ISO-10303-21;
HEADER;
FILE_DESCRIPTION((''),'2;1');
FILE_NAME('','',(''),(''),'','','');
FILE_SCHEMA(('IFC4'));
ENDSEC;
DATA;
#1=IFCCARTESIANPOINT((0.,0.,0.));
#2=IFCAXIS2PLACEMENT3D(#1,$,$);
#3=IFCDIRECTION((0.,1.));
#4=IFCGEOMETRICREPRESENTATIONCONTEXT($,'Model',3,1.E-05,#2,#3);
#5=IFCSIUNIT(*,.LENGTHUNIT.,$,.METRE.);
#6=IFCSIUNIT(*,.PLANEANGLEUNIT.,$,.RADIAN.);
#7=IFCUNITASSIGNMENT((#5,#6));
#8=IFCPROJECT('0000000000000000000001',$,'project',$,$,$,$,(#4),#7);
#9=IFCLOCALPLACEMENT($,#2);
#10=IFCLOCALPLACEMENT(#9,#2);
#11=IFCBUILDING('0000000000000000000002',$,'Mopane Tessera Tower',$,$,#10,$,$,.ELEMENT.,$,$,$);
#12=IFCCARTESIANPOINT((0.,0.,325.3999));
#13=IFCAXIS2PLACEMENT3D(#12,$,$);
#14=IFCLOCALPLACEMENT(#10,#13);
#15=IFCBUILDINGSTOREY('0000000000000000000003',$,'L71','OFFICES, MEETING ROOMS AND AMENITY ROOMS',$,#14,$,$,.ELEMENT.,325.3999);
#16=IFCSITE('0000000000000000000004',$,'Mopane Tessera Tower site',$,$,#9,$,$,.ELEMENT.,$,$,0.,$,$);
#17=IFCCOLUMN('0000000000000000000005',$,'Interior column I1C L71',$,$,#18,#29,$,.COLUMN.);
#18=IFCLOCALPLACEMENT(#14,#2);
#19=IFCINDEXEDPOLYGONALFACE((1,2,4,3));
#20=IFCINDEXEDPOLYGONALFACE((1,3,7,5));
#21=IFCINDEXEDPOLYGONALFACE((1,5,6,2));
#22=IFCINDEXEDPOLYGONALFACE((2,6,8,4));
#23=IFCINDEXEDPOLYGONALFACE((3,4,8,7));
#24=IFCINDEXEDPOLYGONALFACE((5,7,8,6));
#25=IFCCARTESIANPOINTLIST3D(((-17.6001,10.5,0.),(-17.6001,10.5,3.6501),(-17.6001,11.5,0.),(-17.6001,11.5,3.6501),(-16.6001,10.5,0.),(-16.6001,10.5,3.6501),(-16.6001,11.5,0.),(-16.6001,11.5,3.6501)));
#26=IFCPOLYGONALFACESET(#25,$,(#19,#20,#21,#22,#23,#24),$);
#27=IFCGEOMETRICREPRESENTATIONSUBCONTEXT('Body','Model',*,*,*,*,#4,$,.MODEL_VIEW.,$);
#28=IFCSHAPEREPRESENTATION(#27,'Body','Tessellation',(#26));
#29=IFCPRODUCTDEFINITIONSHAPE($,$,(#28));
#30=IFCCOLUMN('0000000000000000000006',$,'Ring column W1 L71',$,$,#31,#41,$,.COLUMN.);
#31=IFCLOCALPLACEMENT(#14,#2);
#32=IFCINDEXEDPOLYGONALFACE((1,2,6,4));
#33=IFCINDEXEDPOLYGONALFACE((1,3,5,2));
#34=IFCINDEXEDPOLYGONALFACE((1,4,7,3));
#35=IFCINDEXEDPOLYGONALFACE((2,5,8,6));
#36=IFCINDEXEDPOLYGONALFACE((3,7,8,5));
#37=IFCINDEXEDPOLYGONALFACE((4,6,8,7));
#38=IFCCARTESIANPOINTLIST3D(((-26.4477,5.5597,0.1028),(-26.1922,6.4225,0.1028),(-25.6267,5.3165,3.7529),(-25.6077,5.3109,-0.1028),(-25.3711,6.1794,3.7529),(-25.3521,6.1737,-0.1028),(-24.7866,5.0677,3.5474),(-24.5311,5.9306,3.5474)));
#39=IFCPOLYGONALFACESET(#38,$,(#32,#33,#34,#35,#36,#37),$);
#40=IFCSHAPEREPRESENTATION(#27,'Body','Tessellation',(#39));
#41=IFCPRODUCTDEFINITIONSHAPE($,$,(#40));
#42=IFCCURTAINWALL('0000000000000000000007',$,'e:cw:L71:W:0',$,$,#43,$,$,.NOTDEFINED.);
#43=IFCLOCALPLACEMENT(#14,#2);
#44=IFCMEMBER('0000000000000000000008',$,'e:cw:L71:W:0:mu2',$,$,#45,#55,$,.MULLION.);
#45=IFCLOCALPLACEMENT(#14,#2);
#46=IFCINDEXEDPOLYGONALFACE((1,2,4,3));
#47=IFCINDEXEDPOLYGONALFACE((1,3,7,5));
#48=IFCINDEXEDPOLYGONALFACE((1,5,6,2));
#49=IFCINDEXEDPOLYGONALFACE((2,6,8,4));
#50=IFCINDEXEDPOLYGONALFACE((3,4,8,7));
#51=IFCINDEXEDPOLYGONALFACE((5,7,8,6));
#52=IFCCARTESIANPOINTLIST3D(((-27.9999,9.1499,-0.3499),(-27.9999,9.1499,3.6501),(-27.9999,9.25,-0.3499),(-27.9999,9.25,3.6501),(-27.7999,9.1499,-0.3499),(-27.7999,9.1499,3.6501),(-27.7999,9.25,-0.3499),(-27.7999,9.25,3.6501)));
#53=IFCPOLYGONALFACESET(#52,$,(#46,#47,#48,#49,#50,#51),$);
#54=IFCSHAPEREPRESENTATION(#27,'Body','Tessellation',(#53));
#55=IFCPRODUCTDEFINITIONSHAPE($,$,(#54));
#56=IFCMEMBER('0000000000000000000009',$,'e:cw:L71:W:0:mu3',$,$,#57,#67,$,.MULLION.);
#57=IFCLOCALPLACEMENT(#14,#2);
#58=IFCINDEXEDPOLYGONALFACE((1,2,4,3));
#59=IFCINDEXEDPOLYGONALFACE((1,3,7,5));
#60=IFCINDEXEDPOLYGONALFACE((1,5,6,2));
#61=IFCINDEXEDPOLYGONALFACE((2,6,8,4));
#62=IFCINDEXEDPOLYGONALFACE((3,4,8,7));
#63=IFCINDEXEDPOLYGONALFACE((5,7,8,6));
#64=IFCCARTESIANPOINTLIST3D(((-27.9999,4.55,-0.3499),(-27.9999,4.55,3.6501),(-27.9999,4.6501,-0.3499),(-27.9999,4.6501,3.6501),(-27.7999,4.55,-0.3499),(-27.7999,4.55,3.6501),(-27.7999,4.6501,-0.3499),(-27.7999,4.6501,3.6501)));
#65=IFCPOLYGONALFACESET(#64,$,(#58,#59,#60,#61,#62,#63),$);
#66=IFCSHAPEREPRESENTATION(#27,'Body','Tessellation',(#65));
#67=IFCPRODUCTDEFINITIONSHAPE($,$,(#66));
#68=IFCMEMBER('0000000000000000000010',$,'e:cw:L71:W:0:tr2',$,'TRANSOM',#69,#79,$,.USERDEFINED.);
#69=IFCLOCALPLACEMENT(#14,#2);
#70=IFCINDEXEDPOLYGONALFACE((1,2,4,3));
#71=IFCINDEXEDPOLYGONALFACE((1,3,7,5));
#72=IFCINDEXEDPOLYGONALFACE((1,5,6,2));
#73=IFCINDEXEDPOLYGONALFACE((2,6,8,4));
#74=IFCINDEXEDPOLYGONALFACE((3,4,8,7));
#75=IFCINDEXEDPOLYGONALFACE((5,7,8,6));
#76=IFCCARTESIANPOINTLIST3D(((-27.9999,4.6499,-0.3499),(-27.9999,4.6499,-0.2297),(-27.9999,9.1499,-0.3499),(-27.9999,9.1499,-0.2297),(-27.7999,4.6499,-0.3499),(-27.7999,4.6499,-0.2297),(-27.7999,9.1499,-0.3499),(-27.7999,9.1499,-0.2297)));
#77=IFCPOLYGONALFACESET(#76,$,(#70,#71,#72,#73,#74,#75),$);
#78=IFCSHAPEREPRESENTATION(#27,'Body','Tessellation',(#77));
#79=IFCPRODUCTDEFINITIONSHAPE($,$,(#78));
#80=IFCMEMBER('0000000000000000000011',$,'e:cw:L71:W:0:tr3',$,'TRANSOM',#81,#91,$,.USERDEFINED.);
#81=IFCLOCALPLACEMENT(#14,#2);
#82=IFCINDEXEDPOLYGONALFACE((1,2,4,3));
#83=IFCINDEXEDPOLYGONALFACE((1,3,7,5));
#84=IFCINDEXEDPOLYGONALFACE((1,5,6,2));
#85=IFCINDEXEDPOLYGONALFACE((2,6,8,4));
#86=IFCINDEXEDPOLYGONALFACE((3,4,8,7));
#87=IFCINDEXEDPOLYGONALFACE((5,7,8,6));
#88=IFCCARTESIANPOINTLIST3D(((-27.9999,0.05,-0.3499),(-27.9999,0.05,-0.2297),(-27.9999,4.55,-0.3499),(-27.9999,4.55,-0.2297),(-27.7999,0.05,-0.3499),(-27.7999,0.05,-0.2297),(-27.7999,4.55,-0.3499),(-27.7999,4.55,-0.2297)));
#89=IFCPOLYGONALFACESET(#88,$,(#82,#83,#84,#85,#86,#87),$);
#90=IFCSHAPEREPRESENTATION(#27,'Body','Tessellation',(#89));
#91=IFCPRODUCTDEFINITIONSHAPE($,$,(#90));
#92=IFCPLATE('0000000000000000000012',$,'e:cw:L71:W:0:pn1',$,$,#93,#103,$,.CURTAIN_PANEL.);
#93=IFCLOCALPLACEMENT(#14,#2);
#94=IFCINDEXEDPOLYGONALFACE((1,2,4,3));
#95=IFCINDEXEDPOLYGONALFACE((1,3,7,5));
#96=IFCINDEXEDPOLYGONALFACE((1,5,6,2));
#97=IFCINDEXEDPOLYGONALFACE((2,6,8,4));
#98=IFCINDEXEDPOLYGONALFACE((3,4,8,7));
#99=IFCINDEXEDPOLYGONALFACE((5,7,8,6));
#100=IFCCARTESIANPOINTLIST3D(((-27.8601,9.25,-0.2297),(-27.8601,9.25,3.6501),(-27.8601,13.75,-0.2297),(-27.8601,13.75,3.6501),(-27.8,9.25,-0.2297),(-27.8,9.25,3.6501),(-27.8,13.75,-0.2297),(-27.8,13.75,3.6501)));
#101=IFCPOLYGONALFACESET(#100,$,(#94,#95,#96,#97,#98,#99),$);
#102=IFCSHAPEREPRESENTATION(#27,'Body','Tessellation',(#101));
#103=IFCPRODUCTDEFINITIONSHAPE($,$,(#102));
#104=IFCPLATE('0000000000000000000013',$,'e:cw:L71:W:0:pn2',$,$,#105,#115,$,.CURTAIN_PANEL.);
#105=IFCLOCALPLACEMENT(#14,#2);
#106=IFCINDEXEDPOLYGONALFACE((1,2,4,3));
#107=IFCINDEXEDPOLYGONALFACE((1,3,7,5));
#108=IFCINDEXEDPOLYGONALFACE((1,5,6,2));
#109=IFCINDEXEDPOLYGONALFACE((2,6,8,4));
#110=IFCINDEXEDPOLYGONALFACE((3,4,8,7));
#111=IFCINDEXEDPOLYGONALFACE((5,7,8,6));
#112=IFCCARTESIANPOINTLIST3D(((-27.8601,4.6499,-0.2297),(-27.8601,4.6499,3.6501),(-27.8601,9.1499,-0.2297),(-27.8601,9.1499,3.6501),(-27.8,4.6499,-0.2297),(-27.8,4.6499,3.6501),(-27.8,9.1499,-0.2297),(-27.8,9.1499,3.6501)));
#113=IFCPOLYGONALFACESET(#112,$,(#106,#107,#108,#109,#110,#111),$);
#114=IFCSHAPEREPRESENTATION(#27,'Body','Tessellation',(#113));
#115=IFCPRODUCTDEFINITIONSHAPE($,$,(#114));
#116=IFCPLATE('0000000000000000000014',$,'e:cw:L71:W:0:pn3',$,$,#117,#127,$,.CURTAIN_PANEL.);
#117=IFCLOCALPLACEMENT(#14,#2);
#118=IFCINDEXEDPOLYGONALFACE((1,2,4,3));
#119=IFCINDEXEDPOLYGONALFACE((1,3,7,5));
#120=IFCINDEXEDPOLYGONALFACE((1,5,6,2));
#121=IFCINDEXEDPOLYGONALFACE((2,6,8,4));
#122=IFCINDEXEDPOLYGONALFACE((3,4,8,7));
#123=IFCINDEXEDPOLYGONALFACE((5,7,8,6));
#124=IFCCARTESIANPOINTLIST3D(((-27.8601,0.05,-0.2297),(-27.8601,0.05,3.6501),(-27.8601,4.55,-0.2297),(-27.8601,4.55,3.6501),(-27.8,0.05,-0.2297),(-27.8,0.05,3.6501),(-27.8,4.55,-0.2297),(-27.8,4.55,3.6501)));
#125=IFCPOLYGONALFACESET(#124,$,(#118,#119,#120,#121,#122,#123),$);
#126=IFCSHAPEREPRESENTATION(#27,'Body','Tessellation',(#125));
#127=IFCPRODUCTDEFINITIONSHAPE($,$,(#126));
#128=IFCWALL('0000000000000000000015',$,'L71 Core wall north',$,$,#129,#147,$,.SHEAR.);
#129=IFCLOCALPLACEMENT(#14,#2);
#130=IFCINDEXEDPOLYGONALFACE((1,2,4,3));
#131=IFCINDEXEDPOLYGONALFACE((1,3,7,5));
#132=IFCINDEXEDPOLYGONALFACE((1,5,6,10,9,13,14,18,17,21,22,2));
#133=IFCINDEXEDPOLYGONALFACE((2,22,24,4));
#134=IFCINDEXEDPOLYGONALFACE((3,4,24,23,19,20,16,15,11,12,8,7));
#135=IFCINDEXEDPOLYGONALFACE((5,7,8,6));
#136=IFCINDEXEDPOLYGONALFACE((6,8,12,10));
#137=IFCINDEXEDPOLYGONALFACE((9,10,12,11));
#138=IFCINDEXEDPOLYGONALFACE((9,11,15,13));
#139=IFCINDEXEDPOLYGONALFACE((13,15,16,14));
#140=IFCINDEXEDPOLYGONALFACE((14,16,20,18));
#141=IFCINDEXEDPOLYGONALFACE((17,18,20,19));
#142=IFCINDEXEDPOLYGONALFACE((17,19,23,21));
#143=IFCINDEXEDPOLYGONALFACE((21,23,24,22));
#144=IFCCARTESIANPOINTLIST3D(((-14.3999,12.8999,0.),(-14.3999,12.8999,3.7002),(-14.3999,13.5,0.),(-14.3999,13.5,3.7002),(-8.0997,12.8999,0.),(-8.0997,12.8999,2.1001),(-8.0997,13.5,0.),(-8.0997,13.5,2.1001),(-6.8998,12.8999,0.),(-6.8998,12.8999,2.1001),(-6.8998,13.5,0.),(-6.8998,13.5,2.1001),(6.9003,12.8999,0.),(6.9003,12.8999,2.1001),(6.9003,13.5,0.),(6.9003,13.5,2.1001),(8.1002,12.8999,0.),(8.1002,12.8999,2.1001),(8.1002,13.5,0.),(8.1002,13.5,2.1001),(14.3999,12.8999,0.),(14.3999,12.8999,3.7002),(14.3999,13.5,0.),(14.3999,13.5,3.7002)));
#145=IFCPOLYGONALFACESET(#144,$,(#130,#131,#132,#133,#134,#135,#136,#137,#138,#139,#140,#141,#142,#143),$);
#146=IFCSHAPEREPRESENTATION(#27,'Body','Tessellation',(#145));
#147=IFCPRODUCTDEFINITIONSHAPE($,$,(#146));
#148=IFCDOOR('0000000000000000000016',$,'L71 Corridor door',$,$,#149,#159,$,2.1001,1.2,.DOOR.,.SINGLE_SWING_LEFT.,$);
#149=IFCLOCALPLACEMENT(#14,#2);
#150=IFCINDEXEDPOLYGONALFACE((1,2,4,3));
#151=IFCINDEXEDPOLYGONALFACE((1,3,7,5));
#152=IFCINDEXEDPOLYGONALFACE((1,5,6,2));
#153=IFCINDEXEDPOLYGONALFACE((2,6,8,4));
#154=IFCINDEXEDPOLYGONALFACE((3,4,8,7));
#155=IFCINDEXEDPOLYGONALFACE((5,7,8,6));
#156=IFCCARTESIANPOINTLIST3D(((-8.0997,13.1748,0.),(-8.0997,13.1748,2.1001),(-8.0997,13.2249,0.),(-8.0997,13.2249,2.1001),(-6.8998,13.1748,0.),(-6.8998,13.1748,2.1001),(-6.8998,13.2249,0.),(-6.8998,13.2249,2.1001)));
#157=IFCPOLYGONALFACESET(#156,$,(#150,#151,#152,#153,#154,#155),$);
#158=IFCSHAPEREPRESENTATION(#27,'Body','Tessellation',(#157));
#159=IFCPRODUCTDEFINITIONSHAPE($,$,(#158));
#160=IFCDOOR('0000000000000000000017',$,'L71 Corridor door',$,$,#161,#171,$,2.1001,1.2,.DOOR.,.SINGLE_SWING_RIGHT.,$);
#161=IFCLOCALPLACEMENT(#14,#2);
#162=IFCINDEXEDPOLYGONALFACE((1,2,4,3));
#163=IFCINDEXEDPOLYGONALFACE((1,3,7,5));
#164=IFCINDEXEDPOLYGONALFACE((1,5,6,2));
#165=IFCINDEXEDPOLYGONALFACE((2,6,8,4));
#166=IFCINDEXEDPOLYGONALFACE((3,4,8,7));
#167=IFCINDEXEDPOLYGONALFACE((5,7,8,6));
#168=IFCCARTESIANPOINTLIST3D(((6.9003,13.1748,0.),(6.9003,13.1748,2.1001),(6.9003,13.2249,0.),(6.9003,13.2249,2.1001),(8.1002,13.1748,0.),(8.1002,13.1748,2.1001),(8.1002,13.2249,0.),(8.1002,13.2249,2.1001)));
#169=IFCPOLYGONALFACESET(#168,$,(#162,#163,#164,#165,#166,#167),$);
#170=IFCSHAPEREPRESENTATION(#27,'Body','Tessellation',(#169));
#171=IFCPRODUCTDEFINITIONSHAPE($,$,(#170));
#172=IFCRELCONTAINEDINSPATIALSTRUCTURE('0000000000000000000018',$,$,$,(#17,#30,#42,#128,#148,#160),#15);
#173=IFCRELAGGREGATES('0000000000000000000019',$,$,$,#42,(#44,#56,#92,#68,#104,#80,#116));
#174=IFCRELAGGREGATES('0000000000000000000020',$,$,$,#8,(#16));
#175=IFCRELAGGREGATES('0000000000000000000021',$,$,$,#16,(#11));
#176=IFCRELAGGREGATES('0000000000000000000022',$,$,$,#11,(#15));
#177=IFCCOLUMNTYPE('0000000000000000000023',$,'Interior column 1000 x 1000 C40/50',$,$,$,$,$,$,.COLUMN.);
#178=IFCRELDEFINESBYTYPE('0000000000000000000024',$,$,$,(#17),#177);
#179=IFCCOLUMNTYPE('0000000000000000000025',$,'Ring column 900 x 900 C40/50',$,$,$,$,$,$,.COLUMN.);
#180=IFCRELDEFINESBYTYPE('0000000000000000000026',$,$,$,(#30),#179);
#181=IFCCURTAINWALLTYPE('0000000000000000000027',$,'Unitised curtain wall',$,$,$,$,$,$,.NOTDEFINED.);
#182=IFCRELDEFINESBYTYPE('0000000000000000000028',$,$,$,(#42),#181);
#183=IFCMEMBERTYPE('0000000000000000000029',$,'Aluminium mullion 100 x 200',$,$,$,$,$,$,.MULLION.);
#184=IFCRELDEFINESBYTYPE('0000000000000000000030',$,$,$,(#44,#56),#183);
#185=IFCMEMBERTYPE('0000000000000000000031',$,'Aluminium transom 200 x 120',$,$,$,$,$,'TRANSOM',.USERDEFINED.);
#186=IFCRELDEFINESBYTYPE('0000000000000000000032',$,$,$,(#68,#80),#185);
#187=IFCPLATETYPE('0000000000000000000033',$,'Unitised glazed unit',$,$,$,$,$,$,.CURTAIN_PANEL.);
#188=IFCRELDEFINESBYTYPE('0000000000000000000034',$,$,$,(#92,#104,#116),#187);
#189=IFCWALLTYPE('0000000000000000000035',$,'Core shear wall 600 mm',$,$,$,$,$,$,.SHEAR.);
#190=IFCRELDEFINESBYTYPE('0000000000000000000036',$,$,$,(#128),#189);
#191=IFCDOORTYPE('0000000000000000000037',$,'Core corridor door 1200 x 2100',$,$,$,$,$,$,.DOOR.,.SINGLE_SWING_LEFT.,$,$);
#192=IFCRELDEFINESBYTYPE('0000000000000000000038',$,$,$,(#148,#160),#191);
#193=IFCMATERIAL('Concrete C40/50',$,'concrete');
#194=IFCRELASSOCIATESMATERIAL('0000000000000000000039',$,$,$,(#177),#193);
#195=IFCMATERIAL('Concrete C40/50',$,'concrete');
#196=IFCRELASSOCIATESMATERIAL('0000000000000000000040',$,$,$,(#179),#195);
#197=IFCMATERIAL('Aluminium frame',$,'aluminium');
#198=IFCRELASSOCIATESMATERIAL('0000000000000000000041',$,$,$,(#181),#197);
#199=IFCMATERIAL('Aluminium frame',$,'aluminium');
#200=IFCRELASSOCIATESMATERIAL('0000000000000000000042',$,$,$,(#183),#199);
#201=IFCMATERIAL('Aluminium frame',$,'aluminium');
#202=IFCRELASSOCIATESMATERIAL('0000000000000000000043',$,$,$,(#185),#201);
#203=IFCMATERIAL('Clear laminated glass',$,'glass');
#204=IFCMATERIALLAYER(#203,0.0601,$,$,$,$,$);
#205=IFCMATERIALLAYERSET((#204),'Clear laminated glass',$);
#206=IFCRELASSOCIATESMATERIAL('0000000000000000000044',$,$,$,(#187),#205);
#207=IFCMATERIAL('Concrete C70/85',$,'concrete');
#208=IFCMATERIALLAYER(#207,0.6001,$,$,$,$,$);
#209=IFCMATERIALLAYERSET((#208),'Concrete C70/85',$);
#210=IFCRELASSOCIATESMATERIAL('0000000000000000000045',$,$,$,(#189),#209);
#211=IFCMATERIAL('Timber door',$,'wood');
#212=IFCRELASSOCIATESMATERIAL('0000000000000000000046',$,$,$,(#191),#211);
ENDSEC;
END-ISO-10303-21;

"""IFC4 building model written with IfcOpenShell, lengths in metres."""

from ifc_helpers import new_model, si_unit, direction, frame, frame_2d, origin, origin_2d, place, context, subcontext, project, spatial, rectangle, extrude, material, layer, layer_set, material_profile, profile_set, type_object, element, fill, aggregate, save


model = new_model("IFC4")

# Units and contexts
model_context = context("Model", 3, precision=1e-05, world=origin(), true_north=direction((0.0, 1.0)))
body_context = subcontext(model_context, "Body", "Model", "MODEL_VIEW")
ifc_project = project(units=[si_unit("LENGTHUNIT", "METRE"), si_unit("PLANEANGLEUNIT", "RADIAN")], contexts=[model_context])

# Site, building, storey
site_placement = place(None, origin())
site = spatial("IfcSite", under=ifc_project, at=site_placement, Name="Mopane Tessera Tower site", CompositionType="ELEMENT", RefElevation=0.0)
building_placement = place(site_placement, origin())
building = spatial("IfcBuilding", under=site, at=building_placement, Name="Mopane Tessera Tower", CompositionType="ELEMENT")
storey_placement = place(building_placement, frame((0.0, 0.0, 325.3999)))
storey = spatial("IfcBuildingStorey", under=building, at=storey_placement, Name="L71", Description="OFFICES, MEETING ROOMS AND AMENITY ROOMS", CompositionType="ELEMENT", Elevation=325.3999)

# Columns
ifc_material_1 = material(Name="Concrete C40/50", Category="concrete")
ifc_material_profile_1 = material_profile(ifc_material_1, rectangle(XDim=1.0, YDim=1.0, at=origin_2d()))
ifc_profile_set_1 = profile_set([ifc_material_profile_1], Name="Concrete C40/50")
column_type_1 = type_object("IfcColumnType", Name="Interior column 1000 x 1000 C40/50", PredefinedType="COLUMN", material=ifc_profile_set_1)
column_1_placement = place(storey_placement, frame((-17.1001, 11.0, 0.0), z_axis=(0.0, 0.0, 1.0), x_axis=(1.0, 0.0, 0.0)))
element("IfcColumn", 1, at=column_1_placement, inside=storey, type_object=column_type_1, Name="Interior column I1C L71", PredefinedType="COLUMN", context=body_context, shape_type="SweptSolid", body=[
    extrude(rectangle(XDim=1.0, YDim=1.0, at=origin_2d()), origin(), (0.0, 0.0, 1.0), 3.6501),
])
ifc_material_2 = material(Name="Concrete C40/50", Category="concrete")
ifc_material_profile_2 = material_profile(ifc_material_2, rectangle(XDim=0.8999, YDim=0.8999, at=origin_2d()))
ifc_profile_set_2 = profile_set([ifc_material_profile_2], Name="Concrete C40/50")
column_type_2 = type_object("IfcColumnType", Name="Ring column 900 x 900 C40/50", PredefinedType="COLUMN", material=ifc_profile_set_2)
column_2_placement = place(storey_placement, frame((-25.8999, 5.8667, 0.0), z_axis=(0.21899, -0.064857, 0.973569), x_axis=(0.283972, 0.958833, 0.0)))
element("IfcColumn", 2, at=column_2_placement, inside=storey, type_object=column_type_2, Name="Ring column W1 L71", PredefinedType="COLUMN", context=body_context, shape_type="SweptSolid", body=[
    extrude(rectangle(XDim=0.8999, YDim=0.8999, at=origin_2d()), origin(), (0.0, 0.0, 1.0), 3.7493),
])

# Curtain wall, members, plates
ifc_material_3 = material(Name="Aluminium frame", Category="aluminium")
curtain_wall_type = type_object("IfcCurtainWallType", Name="Unitised curtain wall", PredefinedType="NOTDEFINED", material=ifc_material_3)
curtain_wall_placement = place(storey_placement, origin())
curtain_wall = element("IfcCurtainWall", 3, at=curtain_wall_placement, inside=storey, type_object=curtain_wall_type, Name="e:cw:L71:W:0", PredefinedType="NOTDEFINED")
ifc_material_4 = material(Name="Aluminium frame", Category="aluminium")
ifc_material_profile_3 = material_profile(ifc_material_4, rectangle(XDim=0.1001, YDim=0.2, at=origin_2d()))
ifc_profile_set_3 = profile_set([ifc_material_profile_3], Name="Aluminium frame")
member_type_1 = type_object("IfcMemberType", Name="Aluminium mullion 100 x 200", PredefinedType="MULLION", material=ifc_profile_set_3)
member_1_placement = place(storey_placement, frame((-27.8999, 9.2, -0.3499), z_axis=(0.0, 0.0, 1.0), x_axis=(0.0, -1.0, 0.0)))
member_1 = element("IfcMember", 4, at=member_1_placement, type_object=member_type_1, Name="e:cw:L71:W:0:mu2", PredefinedType="MULLION", context=body_context, shape_type="SweptSolid", body=[
    extrude(rectangle(XDim=0.1001, YDim=0.2, at=origin_2d()), origin(), (0.0, 0.0, 1.0), 4.0),
])
member_2_placement = place(storey_placement, frame((-27.8999, 4.6001, -0.3499), z_axis=(0.0, 0.0, 1.0), x_axis=(0.0, -1.0, 0.0)))
member_2 = element("IfcMember", 5, at=member_2_placement, type_object=member_type_1, Name="e:cw:L71:W:0:mu3", PredefinedType="MULLION", context=body_context, shape_type="SweptSolid", body=[
    extrude(rectangle(XDim=0.1001, YDim=0.2, at=origin_2d()), origin(), (0.0, 0.0, 1.0), 4.0),
])
ifc_material_5 = material(Name="Aluminium frame", Category="aluminium")
ifc_material_profile_4 = material_profile(ifc_material_5, rectangle(XDim=0.2, YDim=0.1201, at=origin_2d()))
ifc_profile_set_4 = profile_set([ifc_material_profile_4], Name="Aluminium frame")
member_type_2 = type_object("IfcMemberType", Name="Aluminium transom 200 x 120", ElementType="TRANSOM", PredefinedType="USERDEFINED", material=ifc_profile_set_4)
member_3_placement = place(storey_placement, frame((-27.8999, 9.1499, -0.2898), z_axis=(0.0, -1.0, 0.0), x_axis=(1.0, 0.0, 0.0)))
member_3 = element("IfcMember", 6, at=member_3_placement, type_object=member_type_2, Name="e:cw:L71:W:0:tr2", ObjectType="TRANSOM", PredefinedType="USERDEFINED", context=body_context, shape_type="SweptSolid", body=[
    extrude(rectangle(XDim=0.2, YDim=0.1201, at=origin_2d()), origin(), (0.0, 0.0, 1.0), 4.5),
])
member_4_placement = place(storey_placement, frame((-27.8999, 4.55, -0.2898), z_axis=(0.0, -1.0, 0.0), x_axis=(1.0, 0.0, 0.0)))
member_4 = element("IfcMember", 7, at=member_4_placement, type_object=member_type_2, Name="e:cw:L71:W:0:tr3", ObjectType="TRANSOM", PredefinedType="USERDEFINED", context=body_context, shape_type="SweptSolid", body=[
    extrude(rectangle(XDim=0.2, YDim=0.1201, at=origin_2d()), origin(), (0.0, 0.0, 1.0), 4.5),
])
ifc_material_6 = material(Name="Clear laminated glass", Category="glass")
ifc_layer_1 = layer(ifc_material_6, 0.0601)
ifc_layer_set_1 = layer_set([ifc_layer_1], Name="Clear laminated glass")
plate_type = type_object("IfcPlateType", Name="Unitised glazed unit", PredefinedType="CURTAIN_PANEL", material=ifc_layer_set_1)
plate_1_placement = place(storey_placement, frame((-27.8301, 11.5, -0.2297), z_axis=(0.0, 0.0, 1.0), x_axis=(0.0, -1.0, 0.0)))
plate_1 = element("IfcPlate", 8, at=plate_1_placement, type_object=plate_type, Name="e:cw:L71:W:0:pn1", PredefinedType="CURTAIN_PANEL", context=body_context, shape_type="SweptSolid", body=[
    extrude(rectangle(XDim=4.5, YDim=0.0601, at=origin_2d()), origin(), (0.0, 0.0, 1.0), 3.8799),
])
plate_2_placement = place(storey_placement, frame((-27.8301, 6.8999, -0.2297), z_axis=(0.0, 0.0, 1.0), x_axis=(0.0, -1.0, 0.0)))
plate_2 = element("IfcPlate", 9, at=plate_2_placement, type_object=plate_type, Name="e:cw:L71:W:0:pn2", PredefinedType="CURTAIN_PANEL", context=body_context, shape_type="SweptSolid", body=[
    extrude(rectangle(XDim=4.5, YDim=0.0601, at=origin_2d()), origin(), (0.0, 0.0, 1.0), 3.8799),
])
plate_3_placement = place(storey_placement, frame((-27.8301, 2.3, -0.2297), z_axis=(0.0, 0.0, 1.0), x_axis=(0.0, -1.0, 0.0)))
plate_3 = element("IfcPlate", 10, at=plate_3_placement, type_object=plate_type, Name="e:cw:L71:W:0:pn3", PredefinedType="CURTAIN_PANEL", context=body_context, shape_type="SweptSolid", body=[
    extrude(rectangle(XDim=4.5, YDim=0.0601, at=origin_2d()), origin(), (0.0, 0.0, 1.0), 3.8799),
])
aggregate(curtain_wall, [member_1, member_2, plate_1, member_3, plate_2, member_4, plate_3])

# Wall, openings, doors
ifc_material_7 = material(Name="Concrete C70/85", Category="concrete")
ifc_layer_2 = layer(ifc_material_7, 0.6001)
ifc_layer_set_2 = layer_set([ifc_layer_2], Name="Concrete C70/85")
wall_type_1 = type_object("IfcWallType", Name="Core shear wall 600 mm", PredefinedType="SHEAR", material=ifc_layer_set_2)
wall_1_placement = place(storey_placement, frame((-14.3999, 13.2, 0.0), z_axis=(0.0, 0.0, 1.0), x_axis=(1.0, 0.0, 0.0)))
wall_1 = element("IfcWall", 11, at=wall_1_placement, inside=storey, type_object=wall_type_1, Name="L71 Core wall north", PredefinedType="SHEAR", context=body_context, shape_type="SweptSolid", body=[
    extrude(rectangle(XDim=28.7998, YDim=0.6001, at=frame_2d((14.3999, 0.0))), origin(), (0.0, 0.0, 1.0), 3.7002),
])
opening_1_placement = place(wall_1_placement, frame((6.3, 0.0, 0.0)))
opening_1 = element("IfcOpeningElement", 12, at=opening_1_placement, cuts=wall_1, PredefinedType="OPENING", context=body_context, shape_type="SweptSolid", body=[
    extrude(rectangle(XDim=1.2, YDim=2.1001, at=frame_2d((0.6001, 1.05))), frame((0.0, 0.312, 0.0), z_axis=(0.0, -1.0, 0.0), x_axis=(1.0, 0.0, 0.0)), (0.0, 0.0, 1.0), 0.624),
])
opening_2_placement = place(wall_1_placement, frame((21.3, 0.0, 0.0)))
opening_2 = element("IfcOpeningElement", 13, at=opening_2_placement, cuts=wall_1, PredefinedType="OPENING", context=body_context, shape_type="SweptSolid", body=[
    extrude(rectangle(XDim=1.2, YDim=2.1001, at=frame_2d((0.6001, 1.05))), frame((0.0, 0.312, 0.0), z_axis=(0.0, -1.0, 0.0), x_axis=(1.0, 0.0, 0.0)), (0.0, 0.0, 1.0), 0.624),
])
ifc_material_8 = material(Name="Timber door", Category="wood")
door_type_1 = type_object("IfcDoorType", Name="Core corridor door 1200 x 2100", OperationType="SINGLE_SWING_LEFT", PredefinedType="DOOR", material=ifc_material_8)
door_1_placement = place(opening_1_placement, origin())
door_1 = element("IfcDoor", 14, at=door_1_placement, inside=storey, type_object=door_type_1, Name="L71 Corridor door", OperationType="SINGLE_SWING_LEFT", OverallHeight=2.1001, OverallWidth=1.2, PredefinedType="DOOR", context=body_context, shape_type="SweptSolid", body=[
    extrude(rectangle(XDim=1.2, YDim=2.1001, at=frame_2d((0.6001, 1.05))), frame((0.0, 0.0249, 0.0), z_axis=(0.0, -1.0, 0.0), x_axis=(1.0, 0.0, 0.0)), (0.0, 0.0, 1.0), 0.05),
])
fill(opening_1, door_1)
door_2_placement = place(opening_2_placement, origin())
door_2 = element("IfcDoor", 15, at=door_2_placement, inside=storey, type_object=door_type_1, Name="L71 Corridor door", OperationType="SINGLE_SWING_RIGHT", OverallHeight=2.1001, OverallWidth=1.2, PredefinedType="DOOR", context=body_context, shape_type="SweptSolid", body=[
    extrude(rectangle(XDim=1.2, YDim=2.1001, at=frame_2d((0.6001, 1.05))), frame((0.0, 0.0249, 0.0), z_axis=(0.0, -1.0, 0.0), x_axis=(1.0, 0.0, 0.0)), (0.0, 0.0, 1.0), 0.05),
])
fill(opening_2, door_2)

save(model, "model.ifc")
